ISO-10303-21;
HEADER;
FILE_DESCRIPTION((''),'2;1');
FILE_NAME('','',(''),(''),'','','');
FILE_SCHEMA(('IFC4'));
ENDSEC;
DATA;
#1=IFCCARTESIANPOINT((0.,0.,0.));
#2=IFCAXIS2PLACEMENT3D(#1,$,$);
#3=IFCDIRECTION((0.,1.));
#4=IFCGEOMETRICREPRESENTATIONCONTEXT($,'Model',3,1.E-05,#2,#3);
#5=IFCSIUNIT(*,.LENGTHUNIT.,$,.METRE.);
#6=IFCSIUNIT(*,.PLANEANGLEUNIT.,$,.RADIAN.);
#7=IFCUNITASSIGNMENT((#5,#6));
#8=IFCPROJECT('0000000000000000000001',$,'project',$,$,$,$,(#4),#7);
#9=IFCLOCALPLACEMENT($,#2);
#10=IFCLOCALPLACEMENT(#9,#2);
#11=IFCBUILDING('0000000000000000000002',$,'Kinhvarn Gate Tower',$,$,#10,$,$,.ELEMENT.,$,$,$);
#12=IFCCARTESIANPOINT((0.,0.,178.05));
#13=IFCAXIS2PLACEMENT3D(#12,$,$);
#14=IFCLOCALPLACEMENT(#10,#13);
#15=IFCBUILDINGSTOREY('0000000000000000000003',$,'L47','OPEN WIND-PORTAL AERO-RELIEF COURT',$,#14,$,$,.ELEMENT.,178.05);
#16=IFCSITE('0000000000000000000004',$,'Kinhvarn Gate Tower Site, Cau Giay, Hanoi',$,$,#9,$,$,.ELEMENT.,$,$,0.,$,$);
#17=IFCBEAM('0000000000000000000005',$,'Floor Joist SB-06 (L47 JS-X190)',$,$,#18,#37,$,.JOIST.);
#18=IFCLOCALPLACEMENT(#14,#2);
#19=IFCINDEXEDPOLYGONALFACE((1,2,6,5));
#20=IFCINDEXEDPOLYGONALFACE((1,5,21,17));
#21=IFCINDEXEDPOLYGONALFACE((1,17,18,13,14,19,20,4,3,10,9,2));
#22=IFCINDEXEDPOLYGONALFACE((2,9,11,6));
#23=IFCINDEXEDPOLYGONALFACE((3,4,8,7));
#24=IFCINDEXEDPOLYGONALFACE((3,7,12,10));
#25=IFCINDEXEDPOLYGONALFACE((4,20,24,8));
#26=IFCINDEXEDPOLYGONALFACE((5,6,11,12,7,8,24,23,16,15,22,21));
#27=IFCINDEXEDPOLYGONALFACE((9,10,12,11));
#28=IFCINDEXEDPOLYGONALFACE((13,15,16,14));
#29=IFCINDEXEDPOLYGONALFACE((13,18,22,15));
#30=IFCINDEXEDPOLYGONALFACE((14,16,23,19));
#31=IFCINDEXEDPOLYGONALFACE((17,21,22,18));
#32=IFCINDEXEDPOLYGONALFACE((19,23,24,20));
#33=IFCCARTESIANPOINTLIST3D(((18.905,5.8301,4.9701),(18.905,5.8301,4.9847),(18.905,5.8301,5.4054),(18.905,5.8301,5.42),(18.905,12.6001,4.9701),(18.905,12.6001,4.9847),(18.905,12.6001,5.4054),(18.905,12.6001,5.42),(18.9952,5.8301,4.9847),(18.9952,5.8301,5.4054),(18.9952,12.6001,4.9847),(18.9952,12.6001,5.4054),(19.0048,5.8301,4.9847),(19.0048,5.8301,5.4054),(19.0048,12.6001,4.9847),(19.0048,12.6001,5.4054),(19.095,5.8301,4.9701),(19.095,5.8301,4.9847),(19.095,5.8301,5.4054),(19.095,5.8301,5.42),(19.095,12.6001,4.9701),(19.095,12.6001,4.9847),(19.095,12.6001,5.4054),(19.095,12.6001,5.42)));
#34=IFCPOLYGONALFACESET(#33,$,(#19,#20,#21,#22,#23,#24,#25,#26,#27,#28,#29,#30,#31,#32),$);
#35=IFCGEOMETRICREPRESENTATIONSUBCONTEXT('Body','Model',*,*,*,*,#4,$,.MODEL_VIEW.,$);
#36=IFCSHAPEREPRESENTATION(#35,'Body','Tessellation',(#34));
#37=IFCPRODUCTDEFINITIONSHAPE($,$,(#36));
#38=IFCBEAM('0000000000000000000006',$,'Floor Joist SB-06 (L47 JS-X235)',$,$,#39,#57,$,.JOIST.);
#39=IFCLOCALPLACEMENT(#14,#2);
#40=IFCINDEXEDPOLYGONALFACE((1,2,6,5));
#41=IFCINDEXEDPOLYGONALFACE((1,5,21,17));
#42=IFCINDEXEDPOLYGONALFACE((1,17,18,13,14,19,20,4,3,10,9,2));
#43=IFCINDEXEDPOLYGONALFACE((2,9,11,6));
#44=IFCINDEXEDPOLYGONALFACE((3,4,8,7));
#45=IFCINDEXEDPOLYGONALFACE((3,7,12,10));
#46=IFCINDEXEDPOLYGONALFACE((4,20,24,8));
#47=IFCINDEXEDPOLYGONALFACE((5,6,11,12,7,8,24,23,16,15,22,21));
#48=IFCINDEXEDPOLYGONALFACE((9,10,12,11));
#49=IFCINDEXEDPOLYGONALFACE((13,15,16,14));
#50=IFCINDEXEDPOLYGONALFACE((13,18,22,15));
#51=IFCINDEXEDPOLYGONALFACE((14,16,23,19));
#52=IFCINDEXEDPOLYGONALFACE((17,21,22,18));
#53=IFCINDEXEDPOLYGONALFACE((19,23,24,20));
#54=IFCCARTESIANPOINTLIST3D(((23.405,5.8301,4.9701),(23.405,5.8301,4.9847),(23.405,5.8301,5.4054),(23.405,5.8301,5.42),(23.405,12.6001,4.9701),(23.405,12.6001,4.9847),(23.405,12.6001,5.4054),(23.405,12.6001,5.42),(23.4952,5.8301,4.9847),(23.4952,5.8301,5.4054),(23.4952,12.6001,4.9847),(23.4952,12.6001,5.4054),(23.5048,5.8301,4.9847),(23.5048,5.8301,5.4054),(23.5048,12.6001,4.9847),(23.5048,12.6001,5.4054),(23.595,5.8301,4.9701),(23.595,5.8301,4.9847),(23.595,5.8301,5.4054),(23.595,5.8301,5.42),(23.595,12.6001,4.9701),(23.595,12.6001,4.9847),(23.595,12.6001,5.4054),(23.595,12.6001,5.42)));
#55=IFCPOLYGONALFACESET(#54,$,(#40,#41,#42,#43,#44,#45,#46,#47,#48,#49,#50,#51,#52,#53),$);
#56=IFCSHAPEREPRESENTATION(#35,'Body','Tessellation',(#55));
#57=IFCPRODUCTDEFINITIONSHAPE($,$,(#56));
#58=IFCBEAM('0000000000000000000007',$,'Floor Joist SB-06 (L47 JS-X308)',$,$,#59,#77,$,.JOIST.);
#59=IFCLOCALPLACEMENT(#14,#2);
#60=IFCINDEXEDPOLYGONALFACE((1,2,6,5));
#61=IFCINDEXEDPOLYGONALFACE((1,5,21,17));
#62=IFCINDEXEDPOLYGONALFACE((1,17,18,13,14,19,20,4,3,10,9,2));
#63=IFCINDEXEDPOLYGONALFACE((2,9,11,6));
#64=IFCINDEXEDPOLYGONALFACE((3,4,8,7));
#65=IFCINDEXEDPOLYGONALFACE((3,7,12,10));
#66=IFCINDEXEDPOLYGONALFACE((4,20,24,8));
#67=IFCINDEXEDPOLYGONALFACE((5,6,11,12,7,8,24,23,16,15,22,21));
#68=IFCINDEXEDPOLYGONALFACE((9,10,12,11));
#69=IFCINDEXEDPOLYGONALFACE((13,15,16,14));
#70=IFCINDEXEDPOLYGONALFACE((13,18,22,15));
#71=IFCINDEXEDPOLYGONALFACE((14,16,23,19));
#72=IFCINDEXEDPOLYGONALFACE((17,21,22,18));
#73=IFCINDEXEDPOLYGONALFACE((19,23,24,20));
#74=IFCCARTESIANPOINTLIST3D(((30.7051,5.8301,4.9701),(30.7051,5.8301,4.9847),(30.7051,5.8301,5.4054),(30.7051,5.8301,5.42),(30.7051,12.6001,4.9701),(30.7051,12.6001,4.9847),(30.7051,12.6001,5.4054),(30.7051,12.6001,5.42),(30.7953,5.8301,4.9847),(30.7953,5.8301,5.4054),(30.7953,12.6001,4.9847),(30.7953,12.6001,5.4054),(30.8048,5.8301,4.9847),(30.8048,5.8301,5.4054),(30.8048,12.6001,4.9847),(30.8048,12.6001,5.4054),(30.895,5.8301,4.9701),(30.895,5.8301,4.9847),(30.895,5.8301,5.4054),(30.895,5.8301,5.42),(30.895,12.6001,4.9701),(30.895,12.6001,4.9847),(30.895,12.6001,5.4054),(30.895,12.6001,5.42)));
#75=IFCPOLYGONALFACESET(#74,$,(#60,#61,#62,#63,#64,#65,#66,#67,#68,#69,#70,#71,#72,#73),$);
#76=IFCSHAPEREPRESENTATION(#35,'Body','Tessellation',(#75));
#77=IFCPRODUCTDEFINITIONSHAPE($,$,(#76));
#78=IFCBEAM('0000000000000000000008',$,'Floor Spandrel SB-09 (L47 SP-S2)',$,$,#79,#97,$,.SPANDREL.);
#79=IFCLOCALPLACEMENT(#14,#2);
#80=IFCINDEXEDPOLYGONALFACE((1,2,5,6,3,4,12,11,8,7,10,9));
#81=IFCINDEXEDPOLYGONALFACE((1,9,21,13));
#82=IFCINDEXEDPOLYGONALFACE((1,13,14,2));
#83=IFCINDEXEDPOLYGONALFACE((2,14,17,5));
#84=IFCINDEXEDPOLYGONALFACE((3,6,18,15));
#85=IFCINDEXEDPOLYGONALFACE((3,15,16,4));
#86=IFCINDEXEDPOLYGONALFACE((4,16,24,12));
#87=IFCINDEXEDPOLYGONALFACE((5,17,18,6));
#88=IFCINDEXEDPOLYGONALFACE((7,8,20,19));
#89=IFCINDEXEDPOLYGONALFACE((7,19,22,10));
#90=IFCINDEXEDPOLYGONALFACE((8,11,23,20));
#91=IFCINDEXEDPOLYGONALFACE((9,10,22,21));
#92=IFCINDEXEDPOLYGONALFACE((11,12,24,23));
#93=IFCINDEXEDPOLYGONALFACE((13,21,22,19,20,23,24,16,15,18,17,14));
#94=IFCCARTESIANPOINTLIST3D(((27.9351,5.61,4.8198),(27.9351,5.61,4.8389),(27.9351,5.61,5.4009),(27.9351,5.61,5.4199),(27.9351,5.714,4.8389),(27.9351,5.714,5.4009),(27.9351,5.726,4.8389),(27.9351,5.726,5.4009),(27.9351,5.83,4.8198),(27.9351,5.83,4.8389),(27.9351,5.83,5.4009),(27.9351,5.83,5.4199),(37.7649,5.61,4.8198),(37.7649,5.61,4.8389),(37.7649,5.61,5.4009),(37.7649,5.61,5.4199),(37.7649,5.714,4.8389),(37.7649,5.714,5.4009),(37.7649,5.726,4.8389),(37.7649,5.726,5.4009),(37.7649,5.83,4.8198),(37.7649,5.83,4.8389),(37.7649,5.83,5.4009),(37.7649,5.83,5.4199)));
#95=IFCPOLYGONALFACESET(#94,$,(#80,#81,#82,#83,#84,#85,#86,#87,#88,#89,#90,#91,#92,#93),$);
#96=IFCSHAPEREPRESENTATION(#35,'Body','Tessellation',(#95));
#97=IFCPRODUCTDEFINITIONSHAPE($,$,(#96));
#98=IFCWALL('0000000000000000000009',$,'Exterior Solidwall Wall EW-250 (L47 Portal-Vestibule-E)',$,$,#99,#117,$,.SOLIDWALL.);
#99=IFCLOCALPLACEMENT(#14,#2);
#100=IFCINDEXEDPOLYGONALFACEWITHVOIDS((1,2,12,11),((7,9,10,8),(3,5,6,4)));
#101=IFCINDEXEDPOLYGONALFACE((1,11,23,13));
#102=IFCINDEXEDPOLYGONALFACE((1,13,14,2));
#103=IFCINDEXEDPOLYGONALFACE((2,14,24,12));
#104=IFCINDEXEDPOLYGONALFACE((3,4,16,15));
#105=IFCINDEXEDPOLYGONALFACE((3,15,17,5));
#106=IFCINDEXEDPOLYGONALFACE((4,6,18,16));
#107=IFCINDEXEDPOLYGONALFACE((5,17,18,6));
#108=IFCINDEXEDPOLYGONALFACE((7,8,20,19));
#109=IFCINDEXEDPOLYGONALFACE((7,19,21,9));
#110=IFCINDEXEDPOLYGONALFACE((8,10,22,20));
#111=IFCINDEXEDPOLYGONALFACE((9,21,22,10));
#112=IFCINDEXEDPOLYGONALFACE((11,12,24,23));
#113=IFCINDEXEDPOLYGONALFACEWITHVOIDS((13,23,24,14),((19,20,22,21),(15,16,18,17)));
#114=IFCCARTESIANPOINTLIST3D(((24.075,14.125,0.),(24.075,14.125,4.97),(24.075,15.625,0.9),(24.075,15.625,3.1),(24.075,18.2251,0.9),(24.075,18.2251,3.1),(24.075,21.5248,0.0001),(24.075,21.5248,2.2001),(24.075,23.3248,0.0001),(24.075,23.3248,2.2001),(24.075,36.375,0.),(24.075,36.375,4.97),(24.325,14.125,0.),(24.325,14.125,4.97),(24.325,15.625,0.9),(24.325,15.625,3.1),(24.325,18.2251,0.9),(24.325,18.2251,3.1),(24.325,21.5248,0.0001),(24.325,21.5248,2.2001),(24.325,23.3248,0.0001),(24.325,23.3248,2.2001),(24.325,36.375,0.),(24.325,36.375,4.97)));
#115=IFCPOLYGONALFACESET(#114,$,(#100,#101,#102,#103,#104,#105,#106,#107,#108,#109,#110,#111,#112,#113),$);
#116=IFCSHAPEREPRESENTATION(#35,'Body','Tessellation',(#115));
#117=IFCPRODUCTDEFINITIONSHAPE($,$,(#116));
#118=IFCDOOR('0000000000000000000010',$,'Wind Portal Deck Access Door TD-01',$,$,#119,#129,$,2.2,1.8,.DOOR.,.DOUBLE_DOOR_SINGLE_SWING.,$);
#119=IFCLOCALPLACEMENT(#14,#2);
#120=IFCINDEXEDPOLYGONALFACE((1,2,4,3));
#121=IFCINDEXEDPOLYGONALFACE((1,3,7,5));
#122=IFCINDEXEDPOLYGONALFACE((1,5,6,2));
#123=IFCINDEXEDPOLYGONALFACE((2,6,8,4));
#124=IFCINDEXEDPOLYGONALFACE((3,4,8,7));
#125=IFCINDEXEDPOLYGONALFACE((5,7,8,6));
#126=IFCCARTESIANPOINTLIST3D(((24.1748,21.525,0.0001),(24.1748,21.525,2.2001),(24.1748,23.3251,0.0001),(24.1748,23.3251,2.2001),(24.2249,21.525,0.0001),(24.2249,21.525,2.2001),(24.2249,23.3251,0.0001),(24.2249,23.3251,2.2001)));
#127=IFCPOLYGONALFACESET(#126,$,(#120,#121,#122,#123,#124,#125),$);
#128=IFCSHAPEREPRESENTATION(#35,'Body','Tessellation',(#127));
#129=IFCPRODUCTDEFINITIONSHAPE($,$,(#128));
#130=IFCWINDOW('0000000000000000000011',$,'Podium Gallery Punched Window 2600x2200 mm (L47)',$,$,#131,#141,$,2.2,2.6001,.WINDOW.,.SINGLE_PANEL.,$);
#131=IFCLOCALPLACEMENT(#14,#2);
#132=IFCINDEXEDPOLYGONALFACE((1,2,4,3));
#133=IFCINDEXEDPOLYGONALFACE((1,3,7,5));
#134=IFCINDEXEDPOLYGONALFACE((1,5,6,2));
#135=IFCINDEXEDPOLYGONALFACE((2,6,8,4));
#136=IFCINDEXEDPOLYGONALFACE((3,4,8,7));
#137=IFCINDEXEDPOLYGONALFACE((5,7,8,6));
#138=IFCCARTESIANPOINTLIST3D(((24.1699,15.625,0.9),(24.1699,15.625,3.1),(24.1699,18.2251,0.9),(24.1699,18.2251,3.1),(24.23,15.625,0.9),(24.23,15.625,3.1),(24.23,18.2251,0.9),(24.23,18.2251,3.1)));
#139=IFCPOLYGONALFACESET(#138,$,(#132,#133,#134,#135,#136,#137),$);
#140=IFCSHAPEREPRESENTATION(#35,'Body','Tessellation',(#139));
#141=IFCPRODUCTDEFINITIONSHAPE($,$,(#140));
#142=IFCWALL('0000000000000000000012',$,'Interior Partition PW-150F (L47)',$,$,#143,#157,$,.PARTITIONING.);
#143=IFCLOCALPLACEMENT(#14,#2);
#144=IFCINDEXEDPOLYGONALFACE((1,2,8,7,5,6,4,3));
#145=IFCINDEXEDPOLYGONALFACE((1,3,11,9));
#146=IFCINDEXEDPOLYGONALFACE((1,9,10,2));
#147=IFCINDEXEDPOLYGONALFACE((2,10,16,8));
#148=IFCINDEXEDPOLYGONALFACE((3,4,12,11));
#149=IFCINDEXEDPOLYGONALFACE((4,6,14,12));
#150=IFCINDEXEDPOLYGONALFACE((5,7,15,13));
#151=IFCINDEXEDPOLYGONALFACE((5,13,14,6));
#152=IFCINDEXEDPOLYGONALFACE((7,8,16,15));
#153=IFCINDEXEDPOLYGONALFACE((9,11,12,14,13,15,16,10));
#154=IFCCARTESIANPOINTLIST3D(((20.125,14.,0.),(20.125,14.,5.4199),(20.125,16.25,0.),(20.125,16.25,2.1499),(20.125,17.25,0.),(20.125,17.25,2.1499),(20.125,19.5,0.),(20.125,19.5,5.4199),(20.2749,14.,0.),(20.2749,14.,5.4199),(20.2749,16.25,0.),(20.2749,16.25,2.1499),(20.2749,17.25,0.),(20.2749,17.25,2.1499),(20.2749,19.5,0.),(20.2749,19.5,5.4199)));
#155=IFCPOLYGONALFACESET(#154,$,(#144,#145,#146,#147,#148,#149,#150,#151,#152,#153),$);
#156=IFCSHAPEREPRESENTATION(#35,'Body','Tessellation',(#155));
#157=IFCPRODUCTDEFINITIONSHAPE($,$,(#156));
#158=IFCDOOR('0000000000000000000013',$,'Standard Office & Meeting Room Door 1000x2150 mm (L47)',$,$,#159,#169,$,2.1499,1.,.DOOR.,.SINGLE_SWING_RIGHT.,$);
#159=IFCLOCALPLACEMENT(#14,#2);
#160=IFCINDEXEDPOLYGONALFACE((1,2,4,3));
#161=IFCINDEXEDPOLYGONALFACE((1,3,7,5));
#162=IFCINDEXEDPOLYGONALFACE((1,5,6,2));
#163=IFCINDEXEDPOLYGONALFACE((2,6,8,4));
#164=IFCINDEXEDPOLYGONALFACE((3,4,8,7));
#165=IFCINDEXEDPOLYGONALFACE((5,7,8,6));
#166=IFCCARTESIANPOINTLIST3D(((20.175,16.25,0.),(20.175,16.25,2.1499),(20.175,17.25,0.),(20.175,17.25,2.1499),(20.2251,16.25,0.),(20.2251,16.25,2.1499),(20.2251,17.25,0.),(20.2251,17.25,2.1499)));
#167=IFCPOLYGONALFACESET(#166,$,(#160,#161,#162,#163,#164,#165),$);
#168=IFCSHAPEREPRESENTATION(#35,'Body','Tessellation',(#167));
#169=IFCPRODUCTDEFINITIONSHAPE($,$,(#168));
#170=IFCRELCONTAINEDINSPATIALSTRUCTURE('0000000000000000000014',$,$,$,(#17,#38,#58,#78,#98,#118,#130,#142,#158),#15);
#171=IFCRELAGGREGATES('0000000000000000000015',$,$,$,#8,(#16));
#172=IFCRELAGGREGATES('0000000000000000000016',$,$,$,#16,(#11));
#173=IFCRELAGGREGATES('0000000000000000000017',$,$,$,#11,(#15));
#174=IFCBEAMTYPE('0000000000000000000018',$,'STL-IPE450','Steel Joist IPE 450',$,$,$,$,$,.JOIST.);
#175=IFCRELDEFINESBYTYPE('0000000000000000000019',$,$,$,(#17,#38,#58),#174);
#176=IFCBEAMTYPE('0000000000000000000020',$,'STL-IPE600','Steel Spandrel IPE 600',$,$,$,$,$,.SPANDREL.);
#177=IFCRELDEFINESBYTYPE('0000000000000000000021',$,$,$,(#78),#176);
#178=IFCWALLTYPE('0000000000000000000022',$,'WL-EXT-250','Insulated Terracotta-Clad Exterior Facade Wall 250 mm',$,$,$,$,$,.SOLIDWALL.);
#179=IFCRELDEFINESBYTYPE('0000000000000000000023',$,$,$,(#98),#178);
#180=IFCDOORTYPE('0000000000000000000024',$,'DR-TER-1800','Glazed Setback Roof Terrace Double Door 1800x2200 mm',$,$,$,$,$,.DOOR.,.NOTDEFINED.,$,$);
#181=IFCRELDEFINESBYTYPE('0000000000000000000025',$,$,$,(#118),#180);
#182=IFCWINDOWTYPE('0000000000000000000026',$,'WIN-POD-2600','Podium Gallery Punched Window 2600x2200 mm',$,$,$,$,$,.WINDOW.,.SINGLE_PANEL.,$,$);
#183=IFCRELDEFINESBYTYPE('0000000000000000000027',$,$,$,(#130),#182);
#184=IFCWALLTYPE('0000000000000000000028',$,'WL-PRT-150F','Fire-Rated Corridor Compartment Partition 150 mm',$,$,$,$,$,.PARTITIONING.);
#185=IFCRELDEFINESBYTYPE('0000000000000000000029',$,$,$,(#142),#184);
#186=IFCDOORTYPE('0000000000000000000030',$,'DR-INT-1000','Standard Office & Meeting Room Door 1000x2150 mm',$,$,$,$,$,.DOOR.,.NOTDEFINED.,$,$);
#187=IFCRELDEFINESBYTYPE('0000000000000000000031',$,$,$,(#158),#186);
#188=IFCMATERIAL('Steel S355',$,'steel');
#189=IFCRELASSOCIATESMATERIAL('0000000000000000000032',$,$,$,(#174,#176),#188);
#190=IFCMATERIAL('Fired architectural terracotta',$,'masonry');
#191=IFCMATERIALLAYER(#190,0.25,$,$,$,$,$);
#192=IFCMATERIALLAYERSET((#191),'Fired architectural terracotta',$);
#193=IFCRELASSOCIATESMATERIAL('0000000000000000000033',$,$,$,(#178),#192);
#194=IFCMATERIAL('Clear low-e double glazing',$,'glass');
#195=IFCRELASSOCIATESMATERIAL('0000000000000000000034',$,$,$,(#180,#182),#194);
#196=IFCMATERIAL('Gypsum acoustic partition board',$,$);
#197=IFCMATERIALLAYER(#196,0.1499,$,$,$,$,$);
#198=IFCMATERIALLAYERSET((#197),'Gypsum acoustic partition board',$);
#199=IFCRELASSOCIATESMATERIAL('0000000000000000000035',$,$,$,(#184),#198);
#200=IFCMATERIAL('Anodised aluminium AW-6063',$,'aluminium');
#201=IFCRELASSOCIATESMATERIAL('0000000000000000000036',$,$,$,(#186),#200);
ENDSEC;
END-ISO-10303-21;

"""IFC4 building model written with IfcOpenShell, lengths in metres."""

from ifc_helpers import new_model, si_unit, direction, frame, frame_2d, origin, origin_2d, place, context, subcontext, project, spatial, rectangle, i_section, extrude, material, layer, layer_set, material_profile, profile_set, type_object, element, fill, save


model = new_model("IFC4")

# Units and contexts
model_context = context("Model", 3, precision=1e-05, world=origin(), true_north=direction((0.0, 1.0)))
body_context = subcontext(model_context, "Body", "Model", "MODEL_VIEW")
ifc_project = project(units=[si_unit("LENGTHUNIT", "METRE"), si_unit("PLANEANGLEUNIT", "RADIAN")], contexts=[model_context])

# Site, building, storey
site_placement = place(None, origin())
site = spatial("IfcSite", under=ifc_project, at=site_placement, Name="Kinhvarn Gate Tower Site, Cau Giay, Hanoi", CompositionType="ELEMENT", RefElevation=0.0)
building_placement = place(site_placement, origin())
building = spatial("IfcBuilding", under=site, at=building_placement, Name="Kinhvarn Gate Tower", CompositionType="ELEMENT")
storey_placement = place(building_placement, frame((0.0, 0.0, 178.05)))
storey = spatial("IfcBuildingStorey", under=building, at=storey_placement, Name="L47", Description="OPEN WIND-PORTAL AERO-RELIEF COURT", CompositionType="ELEMENT", Elevation=178.05)

# Beams
ifc_material_1 = material(Name="Steel S355", Category="steel")
ifc_material_profile_1 = material_profile(ifc_material_1, i_section(OverallWidth=0.1899, OverallDepth=0.45, WebThickness=0.0095, FlangeThickness=0.0146, at=origin_2d()), Name="IPE 450")
ifc_profile_set_1 = profile_set([ifc_material_profile_1], Name="Steel S355")
beam_type_1 = type_object("IfcBeamType", Name="STL-IPE450", Description="Steel Joist IPE 450", PredefinedType="JOIST", material=ifc_profile_set_1)
for number, where, z_axis, x_axis, name in (
    (1, (19.0, 5.8301, 5.1951), (0.0, 1.0, 0.0), (-1.0, 0.0, 0.0), "Floor Joist SB-06 (L47 JS-X190)"),
    (2, (23.5, 5.8301, 5.1951), (0.0, 1.0, 0.0), (-1.0, 0.0, 0.0), "Floor Joist SB-06 (L47 JS-X235)"),
    (3, (30.8, 5.8301, 5.1951), (0.0, 1.0, 0.0), (-1.0, 0.0, 0.0), "Floor Joist SB-06 (L47 JS-X308)"),
):
    element("IfcBeam", number, at=place(storey_placement, frame(where, z_axis=z_axis, x_axis=x_axis)), inside=storey, type_object=beam_type_1, Name=name, PredefinedType="JOIST", context=body_context, shape_type="SweptSolid", body=[
        extrude(i_section(OverallWidth=0.1899, OverallDepth=0.45, WebThickness=0.0095, FlangeThickness=0.0146, at=origin_2d()), origin(), (0.0, 0.0, 1.0), 6.77),
    ])
ifc_material_profile_2 = material_profile(ifc_material_1, i_section(OverallWidth=0.22, OverallDepth=0.6001, WebThickness=0.012, FlangeThickness=0.019, at=origin_2d()), Name="IPE 600")
ifc_profile_set_2 = profile_set([ifc_material_profile_2], Name="Steel S355")
beam_type_2 = type_object("IfcBeamType", Name="STL-IPE600", Description="Steel Spandrel IPE 600", PredefinedType="SPANDREL", material=ifc_profile_set_2)
beam_1_placement = place(storey_placement, frame((27.9351, 5.72, 5.1199), z_axis=(1.0, 0.0, 0.0), x_axis=(0.0, 1.0, 0.0)))
element("IfcBeam", 4, at=beam_1_placement, inside=storey, type_object=beam_type_2, Name="Floor Spandrel SB-09 (L47 SP-S2)", PredefinedType="SPANDREL", context=body_context, shape_type="SweptSolid", body=[
    extrude(i_section(OverallWidth=0.22, OverallDepth=0.6001, WebThickness=0.012, FlangeThickness=0.019, at=origin_2d()), origin(), (0.0, 0.0, 1.0), 9.8298),
])

# Wall, openings, door, window
ifc_material_2 = material(Name="Fired architectural terracotta", Category="masonry")
ifc_layer_1 = layer(ifc_material_2, 0.25)
ifc_layer_set_1 = layer_set([ifc_layer_1], Name="Fired architectural terracotta")
wall_type_1 = type_object("IfcWallType", Name="WL-EXT-250", Description="Insulated Terracotta-Clad Exterior Facade Wall 250 mm", PredefinedType="SOLIDWALL", material=ifc_layer_set_1)
wall_1_placement = place(storey_placement, frame((24.2, 14.125, 0.0), z_axis=(0.0, 0.0, 1.0), x_axis=(0.0, 1.0, 0.0)))
wall_1 = element("IfcWall", 5, at=wall_1_placement, inside=storey, type_object=wall_type_1, Name="Exterior Solidwall Wall EW-250 (L47 Portal-Vestibule-E)", PredefinedType="SOLIDWALL", context=body_context, shape_type="SweptSolid", body=[
    extrude(rectangle(XDim=22.25, YDim=0.25, at=frame_2d((11.125, 0.0))), origin(), (0.0, 0.0, 1.0), 4.97),
])
opening_1_placement = place(wall_1_placement, frame((7.3999, 0.0, 0.0)))
opening_1 = element("IfcOpeningElement", 6, at=opening_1_placement, cuts=wall_1, PredefinedType="OPENING", context=body_context, shape_type="SweptSolid", body=[
    extrude(rectangle(XDim=1.8, YDim=2.2, at=frame_2d((0.8999, 1.1001))), frame((0.0, 0.135, 0.0), z_axis=(0.0, -1.0, 0.0), x_axis=(1.0, 0.0, 0.0)), (0.0, 0.0, 1.0), 0.27),
])
opening_2_placement = place(wall_1_placement, frame((1.5, 0.0, 0.8999)))
opening_2 = element("IfcOpeningElement", 7, at=opening_2_placement, cuts=wall_1, PredefinedType="OPENING", context=body_context, shape_type="SweptSolid", body=[
    extrude(rectangle(XDim=2.6001, YDim=2.2, at=frame_2d((1.3, 1.1001))), frame((0.0, 0.135, 0.0), z_axis=(0.0, -1.0, 0.0), x_axis=(1.0, 0.0, 0.0)), (0.0, 0.0, 1.0), 0.27),
])
ifc_material_3 = material(Name="Clear low-e double glazing", Category="glass")
door_type_1 = type_object("IfcDoorType", Name="DR-TER-1800", Description="Glazed Setback Roof Terrace Double Door 1800x2200 mm", OperationType="NOTDEFINED", PredefinedType="DOOR", material=ifc_material_3)
door_1_placement = place(opening_1_placement, frame((1.8, 0.0, 0.0), z_axis=(0.0, 0.0, 1.0), x_axis=(-1.0, 0.0, 0.0)))
door_1 = element("IfcDoor", 8, at=door_1_placement, inside=storey, type_object=door_type_1, Name="Wind Portal Deck Access Door TD-01", OperationType="DOUBLE_DOOR_SINGLE_SWING", OverallHeight=2.2, OverallWidth=1.8, PredefinedType="DOOR", context=body_context, shape_type="SweptSolid", body=[
    extrude(rectangle(XDim=1.8, YDim=2.2, at=frame_2d((0.8999, 1.1001))), frame((0.0, 0.0249, 0.0), z_axis=(0.0, -1.0, 0.0), x_axis=(1.0, 0.0, 0.0)), (0.0, 0.0, 1.0), 0.05),
])
fill(opening_1, door_1)
window_type = type_object("IfcWindowType", Name="WIN-POD-2600", Description="Podium Gallery Punched Window 2600x2200 mm", PartitioningType="SINGLE_PANEL", PredefinedType="WINDOW", material=ifc_material_3)
window_placement = place(opening_2_placement, origin())
window = element("IfcWindow", 9, at=window_placement, inside=storey, type_object=window_type, Name="Podium Gallery Punched Window 2600x2200 mm (L47)", OverallHeight=2.2, OverallWidth=2.6001, PartitioningType="SINGLE_PANEL", PredefinedType="WINDOW", context=body_context, shape_type="SweptSolid", body=[
    extrude(rectangle(XDim=2.6001, YDim=2.2, at=frame_2d((1.3, 1.1001))), frame((0.0, 0.03, 0.0), z_axis=(0.0, -1.0, 0.0), x_axis=(1.0, 0.0, 0.0)), (0.0, 0.0, 1.0), 0.0601),
])
fill(opening_2, window)

# Wall, opening, door
ifc_material_4 = material(Name="Gypsum acoustic partition board")
ifc_layer_2 = layer(ifc_material_4, 0.1499)
ifc_layer_set_2 = layer_set([ifc_layer_2], Name="Gypsum acoustic partition board")
wall_type_2 = type_object("IfcWallType", Name="WL-PRT-150F", Description="Fire-Rated Corridor Compartment Partition 150 mm", PredefinedType="PARTITIONING", material=ifc_layer_set_2)
wall_2_placement = place(storey_placement, frame((20.2, 14.0, 0.0), z_axis=(0.0, 0.0, 1.0), x_axis=(0.0, 1.0, 0.0)))
wall_2 = element("IfcWall", 10, at=wall_2_placement, inside=storey, type_object=wall_type_2, Name="Interior Partition PW-150F (L47)", PredefinedType="PARTITIONING", context=body_context, shape_type="SweptSolid", body=[
    extrude(rectangle(XDim=5.5, YDim=0.1499, at=frame_2d((2.75, 0.0))), origin(), (0.0, 0.0, 1.0), 5.4199),
])
opening_3_placement = place(wall_2_placement, frame((2.25, 0.0, 0.0)))
opening_3 = element("IfcOpeningElement", 11, at=opening_3_placement, cuts=wall_2, PredefinedType="OPENING", context=body_context, shape_type="SweptSolid", body=[
    extrude(rectangle(XDim=1.0, YDim=2.1499, at=frame_2d((0.5, 1.075))), frame((0.0, 0.085, 0.0), z_axis=(0.0, -1.0, 0.0), x_axis=(1.0, 0.0, 0.0)), (0.0, 0.0, 1.0), 0.1699),
])
ifc_material_5 = material(Name="Anodised aluminium AW-6063", Category="aluminium")
door_type_2 = type_object("IfcDoorType", Name="DR-INT-1000", Description="Standard Office & Meeting Room Door 1000x2150 mm", OperationType="NOTDEFINED", PredefinedType="DOOR", material=ifc_material_5)
door_2_placement = place(opening_3_placement, origin())
door_2 = element("IfcDoor", 12, at=door_2_placement, inside=storey, type_object=door_type_2, Name="Standard Office & Meeting Room Door 1000x2150 mm (L47)", OperationType="SINGLE_SWING_RIGHT", OverallHeight=2.1499, OverallWidth=1.0, PredefinedType="DOOR", context=body_context, shape_type="SweptSolid", body=[
    extrude(rectangle(XDim=1.0, YDim=2.1499, at=frame_2d((0.5, 1.075))), frame((0.0, 0.0249, 0.0), z_axis=(0.0, -1.0, 0.0), x_axis=(1.0, 0.0, 0.0)), (0.0, 0.0, 1.0), 0.05),
])
fill(opening_3, door_2)

save(model, "model.ifc")
